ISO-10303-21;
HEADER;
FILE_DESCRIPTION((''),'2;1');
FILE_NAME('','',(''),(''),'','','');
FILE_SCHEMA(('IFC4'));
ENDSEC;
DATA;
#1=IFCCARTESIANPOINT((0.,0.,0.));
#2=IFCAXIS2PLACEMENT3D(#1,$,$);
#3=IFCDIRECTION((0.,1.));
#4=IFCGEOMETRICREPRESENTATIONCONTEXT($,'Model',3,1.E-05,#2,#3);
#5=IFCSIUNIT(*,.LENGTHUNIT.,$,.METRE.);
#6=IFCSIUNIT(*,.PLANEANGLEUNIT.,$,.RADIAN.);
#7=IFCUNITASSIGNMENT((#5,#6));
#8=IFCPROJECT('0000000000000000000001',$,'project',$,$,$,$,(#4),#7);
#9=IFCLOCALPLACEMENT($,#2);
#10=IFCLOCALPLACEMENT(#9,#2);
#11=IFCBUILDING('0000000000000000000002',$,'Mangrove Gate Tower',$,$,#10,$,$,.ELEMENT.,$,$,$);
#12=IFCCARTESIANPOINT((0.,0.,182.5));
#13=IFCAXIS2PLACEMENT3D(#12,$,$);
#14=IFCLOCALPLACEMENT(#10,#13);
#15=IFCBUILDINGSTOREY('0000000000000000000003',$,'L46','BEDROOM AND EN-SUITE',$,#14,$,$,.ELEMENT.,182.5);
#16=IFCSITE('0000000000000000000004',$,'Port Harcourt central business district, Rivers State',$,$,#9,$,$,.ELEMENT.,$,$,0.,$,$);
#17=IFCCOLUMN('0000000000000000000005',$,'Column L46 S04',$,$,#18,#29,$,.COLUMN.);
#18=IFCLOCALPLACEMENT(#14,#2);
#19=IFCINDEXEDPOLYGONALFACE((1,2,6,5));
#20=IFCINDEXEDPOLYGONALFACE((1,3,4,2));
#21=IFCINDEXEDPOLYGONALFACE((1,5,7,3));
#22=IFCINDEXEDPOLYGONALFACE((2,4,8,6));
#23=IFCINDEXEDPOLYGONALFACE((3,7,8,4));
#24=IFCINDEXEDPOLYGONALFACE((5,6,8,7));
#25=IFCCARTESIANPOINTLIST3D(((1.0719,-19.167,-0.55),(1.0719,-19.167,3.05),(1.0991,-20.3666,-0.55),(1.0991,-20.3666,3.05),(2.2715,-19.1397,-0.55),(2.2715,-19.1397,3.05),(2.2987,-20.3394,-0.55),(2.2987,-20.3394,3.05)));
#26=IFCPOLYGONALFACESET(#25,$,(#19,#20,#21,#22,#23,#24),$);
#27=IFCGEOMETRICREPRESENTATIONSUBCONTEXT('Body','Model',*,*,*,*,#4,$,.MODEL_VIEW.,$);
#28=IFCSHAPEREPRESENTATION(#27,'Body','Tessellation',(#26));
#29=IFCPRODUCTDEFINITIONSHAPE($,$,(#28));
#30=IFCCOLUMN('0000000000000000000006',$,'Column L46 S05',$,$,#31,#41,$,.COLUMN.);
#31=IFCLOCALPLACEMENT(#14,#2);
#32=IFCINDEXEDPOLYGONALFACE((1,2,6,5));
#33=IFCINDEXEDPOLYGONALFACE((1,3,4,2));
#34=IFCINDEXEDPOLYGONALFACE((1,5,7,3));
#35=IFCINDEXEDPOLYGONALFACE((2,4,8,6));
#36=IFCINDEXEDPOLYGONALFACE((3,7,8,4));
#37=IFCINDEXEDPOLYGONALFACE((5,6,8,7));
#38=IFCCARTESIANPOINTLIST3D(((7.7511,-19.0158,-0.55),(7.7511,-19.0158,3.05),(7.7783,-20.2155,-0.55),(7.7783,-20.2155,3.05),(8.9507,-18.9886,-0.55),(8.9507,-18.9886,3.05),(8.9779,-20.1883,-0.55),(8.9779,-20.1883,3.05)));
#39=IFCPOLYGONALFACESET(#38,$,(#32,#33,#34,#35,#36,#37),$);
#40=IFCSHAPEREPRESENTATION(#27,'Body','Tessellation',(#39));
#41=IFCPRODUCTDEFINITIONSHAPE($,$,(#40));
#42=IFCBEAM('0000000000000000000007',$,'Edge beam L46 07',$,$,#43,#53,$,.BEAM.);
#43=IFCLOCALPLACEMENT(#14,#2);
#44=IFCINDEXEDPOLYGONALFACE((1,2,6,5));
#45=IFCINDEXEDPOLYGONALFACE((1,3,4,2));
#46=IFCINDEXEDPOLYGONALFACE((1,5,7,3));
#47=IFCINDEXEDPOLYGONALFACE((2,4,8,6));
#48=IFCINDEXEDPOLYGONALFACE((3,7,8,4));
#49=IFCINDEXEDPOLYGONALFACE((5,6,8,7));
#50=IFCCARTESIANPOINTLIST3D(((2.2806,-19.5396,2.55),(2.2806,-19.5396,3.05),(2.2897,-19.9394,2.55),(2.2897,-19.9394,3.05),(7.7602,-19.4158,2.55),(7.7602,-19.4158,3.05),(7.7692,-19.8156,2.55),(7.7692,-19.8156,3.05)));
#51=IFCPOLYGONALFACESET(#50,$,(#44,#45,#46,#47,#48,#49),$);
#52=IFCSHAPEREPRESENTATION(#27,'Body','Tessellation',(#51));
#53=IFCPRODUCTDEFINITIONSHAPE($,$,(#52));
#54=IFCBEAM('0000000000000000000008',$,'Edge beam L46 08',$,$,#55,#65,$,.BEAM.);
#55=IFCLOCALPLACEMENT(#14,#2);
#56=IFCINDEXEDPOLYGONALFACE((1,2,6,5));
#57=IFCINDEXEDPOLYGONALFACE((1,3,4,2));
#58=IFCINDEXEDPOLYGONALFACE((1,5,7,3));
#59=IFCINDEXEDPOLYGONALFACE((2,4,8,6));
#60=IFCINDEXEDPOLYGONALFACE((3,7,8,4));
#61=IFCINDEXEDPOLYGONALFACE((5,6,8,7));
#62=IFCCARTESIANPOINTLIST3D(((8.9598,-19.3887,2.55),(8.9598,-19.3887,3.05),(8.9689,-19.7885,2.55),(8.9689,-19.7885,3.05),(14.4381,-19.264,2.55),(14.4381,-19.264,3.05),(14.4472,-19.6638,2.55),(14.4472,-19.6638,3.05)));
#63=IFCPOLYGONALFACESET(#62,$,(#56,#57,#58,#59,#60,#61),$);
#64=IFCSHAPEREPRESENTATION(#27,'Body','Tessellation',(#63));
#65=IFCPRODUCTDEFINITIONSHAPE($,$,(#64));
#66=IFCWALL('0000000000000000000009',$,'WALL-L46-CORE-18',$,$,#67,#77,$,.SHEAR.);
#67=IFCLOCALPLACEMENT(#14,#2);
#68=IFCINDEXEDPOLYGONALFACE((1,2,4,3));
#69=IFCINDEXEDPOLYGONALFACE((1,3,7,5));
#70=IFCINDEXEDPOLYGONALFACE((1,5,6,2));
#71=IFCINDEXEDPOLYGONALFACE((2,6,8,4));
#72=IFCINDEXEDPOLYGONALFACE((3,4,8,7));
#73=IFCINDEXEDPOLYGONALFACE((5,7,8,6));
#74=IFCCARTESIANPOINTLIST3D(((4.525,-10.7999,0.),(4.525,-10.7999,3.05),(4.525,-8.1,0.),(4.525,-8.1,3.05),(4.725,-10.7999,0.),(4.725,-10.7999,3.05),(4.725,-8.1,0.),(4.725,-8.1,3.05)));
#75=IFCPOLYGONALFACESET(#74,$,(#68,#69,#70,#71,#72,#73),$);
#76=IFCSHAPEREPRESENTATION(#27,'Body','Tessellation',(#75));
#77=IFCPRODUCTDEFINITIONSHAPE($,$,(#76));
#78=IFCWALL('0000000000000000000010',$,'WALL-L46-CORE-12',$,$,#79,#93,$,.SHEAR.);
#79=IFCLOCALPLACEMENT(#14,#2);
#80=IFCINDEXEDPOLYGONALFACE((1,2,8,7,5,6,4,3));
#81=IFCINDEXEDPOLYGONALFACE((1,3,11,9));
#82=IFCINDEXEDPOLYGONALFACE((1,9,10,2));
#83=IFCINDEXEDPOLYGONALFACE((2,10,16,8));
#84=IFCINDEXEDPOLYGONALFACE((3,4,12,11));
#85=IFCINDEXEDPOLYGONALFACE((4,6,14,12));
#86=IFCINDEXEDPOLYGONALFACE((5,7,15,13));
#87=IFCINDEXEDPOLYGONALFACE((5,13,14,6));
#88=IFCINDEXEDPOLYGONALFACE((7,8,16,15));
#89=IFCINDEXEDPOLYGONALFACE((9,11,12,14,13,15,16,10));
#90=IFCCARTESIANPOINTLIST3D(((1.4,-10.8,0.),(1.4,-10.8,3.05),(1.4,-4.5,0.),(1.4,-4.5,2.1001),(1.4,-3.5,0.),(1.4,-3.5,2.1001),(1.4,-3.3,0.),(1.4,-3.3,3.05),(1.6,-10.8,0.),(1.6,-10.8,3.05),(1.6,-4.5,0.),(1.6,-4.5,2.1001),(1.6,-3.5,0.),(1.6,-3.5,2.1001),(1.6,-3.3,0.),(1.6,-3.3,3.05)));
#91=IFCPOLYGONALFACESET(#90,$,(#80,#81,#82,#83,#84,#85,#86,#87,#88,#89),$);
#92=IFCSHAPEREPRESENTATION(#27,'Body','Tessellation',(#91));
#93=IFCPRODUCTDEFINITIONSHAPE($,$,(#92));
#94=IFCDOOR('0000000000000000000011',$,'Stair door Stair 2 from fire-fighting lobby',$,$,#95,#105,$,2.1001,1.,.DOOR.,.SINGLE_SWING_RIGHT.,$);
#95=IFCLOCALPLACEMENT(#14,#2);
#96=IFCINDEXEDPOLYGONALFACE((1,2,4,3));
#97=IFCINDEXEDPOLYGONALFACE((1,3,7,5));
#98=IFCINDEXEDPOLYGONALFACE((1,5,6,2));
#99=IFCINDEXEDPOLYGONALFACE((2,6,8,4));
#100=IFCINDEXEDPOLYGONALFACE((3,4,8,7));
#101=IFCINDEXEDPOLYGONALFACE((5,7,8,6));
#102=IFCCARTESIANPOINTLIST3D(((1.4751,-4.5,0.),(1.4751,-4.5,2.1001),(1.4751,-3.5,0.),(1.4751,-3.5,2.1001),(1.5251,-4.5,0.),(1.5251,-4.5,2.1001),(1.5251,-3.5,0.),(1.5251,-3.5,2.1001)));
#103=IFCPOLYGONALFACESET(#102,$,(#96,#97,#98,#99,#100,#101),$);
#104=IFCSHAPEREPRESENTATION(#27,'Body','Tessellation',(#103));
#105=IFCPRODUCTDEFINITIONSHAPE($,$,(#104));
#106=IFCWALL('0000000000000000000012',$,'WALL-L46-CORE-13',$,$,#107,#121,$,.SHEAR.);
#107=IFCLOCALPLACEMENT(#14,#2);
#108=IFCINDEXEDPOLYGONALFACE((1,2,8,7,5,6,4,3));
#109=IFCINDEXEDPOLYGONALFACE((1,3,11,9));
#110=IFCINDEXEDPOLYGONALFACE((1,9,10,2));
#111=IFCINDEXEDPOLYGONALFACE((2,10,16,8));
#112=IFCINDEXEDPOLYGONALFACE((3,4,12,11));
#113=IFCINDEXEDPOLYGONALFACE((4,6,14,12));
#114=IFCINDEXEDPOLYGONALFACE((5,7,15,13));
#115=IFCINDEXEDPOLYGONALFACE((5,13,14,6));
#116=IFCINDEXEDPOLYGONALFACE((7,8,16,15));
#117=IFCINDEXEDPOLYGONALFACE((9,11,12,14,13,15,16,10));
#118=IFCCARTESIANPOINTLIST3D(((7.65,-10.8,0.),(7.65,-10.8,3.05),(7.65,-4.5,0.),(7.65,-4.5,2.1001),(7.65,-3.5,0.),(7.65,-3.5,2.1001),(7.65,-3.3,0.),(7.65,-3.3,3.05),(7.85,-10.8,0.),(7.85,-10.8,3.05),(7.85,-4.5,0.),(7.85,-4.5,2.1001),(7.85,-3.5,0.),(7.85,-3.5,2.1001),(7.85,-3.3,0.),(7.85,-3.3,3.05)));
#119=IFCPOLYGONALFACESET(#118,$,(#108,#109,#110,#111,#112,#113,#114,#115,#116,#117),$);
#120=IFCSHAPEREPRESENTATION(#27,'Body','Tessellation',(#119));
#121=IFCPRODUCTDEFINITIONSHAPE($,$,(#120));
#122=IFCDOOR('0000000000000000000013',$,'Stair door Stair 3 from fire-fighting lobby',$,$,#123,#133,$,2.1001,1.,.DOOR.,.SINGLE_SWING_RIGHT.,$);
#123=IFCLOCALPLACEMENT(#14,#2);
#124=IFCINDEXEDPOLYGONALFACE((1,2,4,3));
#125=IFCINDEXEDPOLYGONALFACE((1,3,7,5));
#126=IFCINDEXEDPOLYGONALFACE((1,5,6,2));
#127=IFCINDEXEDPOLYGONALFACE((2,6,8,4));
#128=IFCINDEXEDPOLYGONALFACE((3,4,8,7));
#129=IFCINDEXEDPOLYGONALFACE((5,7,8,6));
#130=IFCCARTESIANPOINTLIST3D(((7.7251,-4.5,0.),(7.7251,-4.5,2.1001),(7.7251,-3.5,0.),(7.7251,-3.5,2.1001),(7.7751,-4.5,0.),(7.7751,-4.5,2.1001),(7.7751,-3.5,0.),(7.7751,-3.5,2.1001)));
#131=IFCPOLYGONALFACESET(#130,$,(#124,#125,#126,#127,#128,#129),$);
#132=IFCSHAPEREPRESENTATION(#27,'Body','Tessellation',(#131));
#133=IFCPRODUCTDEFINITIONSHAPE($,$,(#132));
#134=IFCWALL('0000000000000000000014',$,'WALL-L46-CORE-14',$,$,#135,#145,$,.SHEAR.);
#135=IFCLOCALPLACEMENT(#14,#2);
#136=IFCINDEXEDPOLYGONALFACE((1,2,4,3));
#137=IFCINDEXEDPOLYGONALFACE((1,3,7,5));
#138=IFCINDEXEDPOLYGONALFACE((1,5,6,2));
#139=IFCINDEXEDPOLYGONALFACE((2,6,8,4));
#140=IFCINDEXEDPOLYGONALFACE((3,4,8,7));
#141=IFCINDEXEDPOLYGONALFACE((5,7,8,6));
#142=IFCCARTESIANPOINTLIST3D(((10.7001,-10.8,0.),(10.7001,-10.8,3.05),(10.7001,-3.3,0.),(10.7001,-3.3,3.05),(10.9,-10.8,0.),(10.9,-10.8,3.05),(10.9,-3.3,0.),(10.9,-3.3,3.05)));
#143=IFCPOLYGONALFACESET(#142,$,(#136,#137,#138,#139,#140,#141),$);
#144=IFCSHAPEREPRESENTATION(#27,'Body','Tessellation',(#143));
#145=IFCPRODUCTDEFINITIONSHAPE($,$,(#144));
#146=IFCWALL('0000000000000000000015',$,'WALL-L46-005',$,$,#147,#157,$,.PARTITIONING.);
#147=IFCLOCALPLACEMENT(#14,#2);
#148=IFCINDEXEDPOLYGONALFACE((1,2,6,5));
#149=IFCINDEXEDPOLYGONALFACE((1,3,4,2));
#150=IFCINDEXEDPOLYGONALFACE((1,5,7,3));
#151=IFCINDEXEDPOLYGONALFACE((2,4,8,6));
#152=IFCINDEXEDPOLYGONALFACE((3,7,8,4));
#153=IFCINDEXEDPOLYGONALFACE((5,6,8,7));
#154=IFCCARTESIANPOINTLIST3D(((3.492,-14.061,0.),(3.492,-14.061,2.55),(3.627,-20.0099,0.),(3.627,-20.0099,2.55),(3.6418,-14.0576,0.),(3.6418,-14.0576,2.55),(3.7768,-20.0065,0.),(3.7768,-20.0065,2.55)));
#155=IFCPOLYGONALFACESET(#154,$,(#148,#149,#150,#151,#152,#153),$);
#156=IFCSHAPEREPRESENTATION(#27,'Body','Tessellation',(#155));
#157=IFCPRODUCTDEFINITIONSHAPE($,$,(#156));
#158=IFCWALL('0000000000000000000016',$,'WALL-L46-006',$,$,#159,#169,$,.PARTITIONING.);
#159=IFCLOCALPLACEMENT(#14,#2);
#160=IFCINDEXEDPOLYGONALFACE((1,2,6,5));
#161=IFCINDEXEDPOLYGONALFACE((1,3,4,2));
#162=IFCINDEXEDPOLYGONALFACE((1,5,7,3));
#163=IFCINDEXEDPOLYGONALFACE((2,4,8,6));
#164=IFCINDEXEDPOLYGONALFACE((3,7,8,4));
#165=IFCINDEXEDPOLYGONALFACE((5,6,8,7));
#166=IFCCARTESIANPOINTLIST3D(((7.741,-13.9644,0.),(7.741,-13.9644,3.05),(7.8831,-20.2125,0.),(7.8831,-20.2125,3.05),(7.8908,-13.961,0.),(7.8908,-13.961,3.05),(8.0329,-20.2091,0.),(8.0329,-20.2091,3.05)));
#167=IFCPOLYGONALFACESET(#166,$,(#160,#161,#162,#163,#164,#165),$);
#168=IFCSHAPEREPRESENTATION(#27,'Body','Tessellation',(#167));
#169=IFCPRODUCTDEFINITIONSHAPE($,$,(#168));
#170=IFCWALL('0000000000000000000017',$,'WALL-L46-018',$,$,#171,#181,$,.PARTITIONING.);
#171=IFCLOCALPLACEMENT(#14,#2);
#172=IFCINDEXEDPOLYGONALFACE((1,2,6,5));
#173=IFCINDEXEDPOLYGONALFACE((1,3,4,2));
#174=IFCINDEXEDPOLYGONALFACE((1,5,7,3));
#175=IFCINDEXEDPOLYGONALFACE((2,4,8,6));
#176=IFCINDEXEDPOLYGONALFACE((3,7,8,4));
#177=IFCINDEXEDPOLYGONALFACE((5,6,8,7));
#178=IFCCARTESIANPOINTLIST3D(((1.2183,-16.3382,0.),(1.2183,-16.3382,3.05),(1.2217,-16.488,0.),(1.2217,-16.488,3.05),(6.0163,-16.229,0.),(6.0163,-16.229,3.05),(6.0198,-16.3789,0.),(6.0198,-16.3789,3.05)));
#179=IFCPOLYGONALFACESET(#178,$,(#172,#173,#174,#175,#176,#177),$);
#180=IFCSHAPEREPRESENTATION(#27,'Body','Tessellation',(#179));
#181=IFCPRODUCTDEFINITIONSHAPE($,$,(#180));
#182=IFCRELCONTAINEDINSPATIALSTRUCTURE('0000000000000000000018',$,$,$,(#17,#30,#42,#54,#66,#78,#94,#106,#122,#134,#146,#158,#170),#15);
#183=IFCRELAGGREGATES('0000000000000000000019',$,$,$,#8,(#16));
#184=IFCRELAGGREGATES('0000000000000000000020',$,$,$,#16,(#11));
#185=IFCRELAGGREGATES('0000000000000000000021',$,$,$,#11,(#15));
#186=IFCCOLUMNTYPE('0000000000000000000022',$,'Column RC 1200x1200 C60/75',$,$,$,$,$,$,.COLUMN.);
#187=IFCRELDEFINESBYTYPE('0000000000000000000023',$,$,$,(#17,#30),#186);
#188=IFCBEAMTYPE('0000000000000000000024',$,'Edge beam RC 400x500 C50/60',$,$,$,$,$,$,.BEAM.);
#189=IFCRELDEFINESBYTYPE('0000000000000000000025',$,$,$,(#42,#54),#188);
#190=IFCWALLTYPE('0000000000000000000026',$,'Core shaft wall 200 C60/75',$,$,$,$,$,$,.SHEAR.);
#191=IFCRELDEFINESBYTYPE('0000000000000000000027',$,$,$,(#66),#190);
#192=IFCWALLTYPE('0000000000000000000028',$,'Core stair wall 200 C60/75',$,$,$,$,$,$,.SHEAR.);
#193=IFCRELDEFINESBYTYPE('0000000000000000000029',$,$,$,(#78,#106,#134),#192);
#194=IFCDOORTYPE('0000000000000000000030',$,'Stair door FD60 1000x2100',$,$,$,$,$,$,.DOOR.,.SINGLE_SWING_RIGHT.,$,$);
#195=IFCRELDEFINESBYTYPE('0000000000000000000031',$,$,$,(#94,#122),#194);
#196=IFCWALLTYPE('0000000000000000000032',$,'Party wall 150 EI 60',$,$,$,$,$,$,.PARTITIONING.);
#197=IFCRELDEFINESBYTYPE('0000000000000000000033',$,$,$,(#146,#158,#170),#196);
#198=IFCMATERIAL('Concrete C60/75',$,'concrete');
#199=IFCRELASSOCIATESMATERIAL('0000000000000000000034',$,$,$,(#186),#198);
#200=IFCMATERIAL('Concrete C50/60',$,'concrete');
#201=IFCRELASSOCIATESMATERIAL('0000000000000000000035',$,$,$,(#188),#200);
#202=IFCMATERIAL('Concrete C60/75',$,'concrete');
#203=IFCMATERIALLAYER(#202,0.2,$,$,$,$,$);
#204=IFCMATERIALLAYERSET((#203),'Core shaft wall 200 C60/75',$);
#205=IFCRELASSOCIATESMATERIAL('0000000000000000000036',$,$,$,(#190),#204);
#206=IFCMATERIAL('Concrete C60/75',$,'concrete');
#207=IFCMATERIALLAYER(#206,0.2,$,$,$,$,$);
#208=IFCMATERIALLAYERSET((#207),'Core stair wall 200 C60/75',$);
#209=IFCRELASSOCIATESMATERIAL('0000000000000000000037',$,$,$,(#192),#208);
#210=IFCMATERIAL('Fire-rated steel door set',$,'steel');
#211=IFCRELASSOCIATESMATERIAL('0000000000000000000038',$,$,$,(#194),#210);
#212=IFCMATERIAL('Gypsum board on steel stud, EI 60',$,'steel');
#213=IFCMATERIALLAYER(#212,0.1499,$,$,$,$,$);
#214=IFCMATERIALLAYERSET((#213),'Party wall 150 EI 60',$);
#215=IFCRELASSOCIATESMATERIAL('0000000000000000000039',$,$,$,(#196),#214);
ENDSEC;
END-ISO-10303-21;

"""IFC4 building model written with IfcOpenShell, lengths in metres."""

from ifc_helpers import new_model, si_unit, direction, frame, frame_2d, origin, origin_2d, place, context, subcontext, project, spatial, rectangle, extrude, material, layer, layer_set, material_profile, profile_set, type_object, element, fill, save


model = new_model("IFC4")

# Units and contexts
model_context = context("Model", 3, precision=1e-05, world=origin(), true_north=direction((0.0, 1.0)))
body_context = subcontext(model_context, "Body", "Model", "MODEL_VIEW")
ifc_project = project(units=[si_unit("LENGTHUNIT", "METRE"), si_unit("PLANEANGLEUNIT", "RADIAN")], contexts=[model_context])

# Site, building, storey
site_placement = place(None, origin())
site = spatial("IfcSite", under=ifc_project, at=site_placement, Name="Port Harcourt central business district, Rivers State", CompositionType="ELEMENT", RefElevation=0.0)
building_placement = place(site_placement, origin())
building = spatial("IfcBuilding", under=site, at=building_placement, Name="Mangrove Gate Tower", CompositionType="ELEMENT")
storey_placement = place(building_placement, frame((0.0, 0.0, 182.5)))
storey = spatial("IfcBuildingStorey", under=building, at=storey_placement, Name="L46", Description="BEDROOM AND EN-SUITE", CompositionType="ELEMENT", Elevation=182.5)

# Columns
ifc_material_1 = material(Name="Concrete C60/75", Category="concrete")
ifc_material_profile_1 = material_profile(ifc_material_1, rectangle(XDim=1.2, YDim=1.2, at=origin_2d()))
ifc_profile_set_1 = profile_set([ifc_material_profile_1], Name="Concrete C60/75")
column_type = type_object("IfcColumnType", Name="Column RC 1200x1200 C60/75", PredefinedType="COLUMN", material=ifc_profile_set_1)
for number, where, z_axis, x_axis, name in (
    (1, (1.6853, -19.7532, -0.55), (0.0, 0.0, 1.0), (0.999743, 0.022679, 0.0), "Column L46 S04"),
    (2, (8.3645, -19.6021, -0.55), (0.0, 0.0, 1.0), (0.999743, 0.022679, 0.0), "Column L46 S05"),
):
    element("IfcColumn", number, at=place(storey_placement, frame(where, z_axis=z_axis, x_axis=x_axis)), inside=storey, type_object=column_type, Name=name, PredefinedType="COLUMN", context=body_context, shape_type="SweptSolid", body=[
        extrude(rectangle(XDim=1.2, YDim=1.2, at=origin_2d()), origin(), (0.0, 0.0, 1.0), 3.6001),
    ])

# Beams
ifc_material_2 = material(Name="Concrete C50/60", Category="concrete")
ifc_material_profile_2 = material_profile(ifc_material_2, rectangle(XDim=0.3999, YDim=0.5, at=origin_2d()))
ifc_profile_set_2 = profile_set([ifc_material_profile_2], Name="Concrete C50/60")
beam_type = type_object("IfcBeamType", Name="Edge beam RC 400x500 C50/60", PredefinedType="BEAM", material=ifc_profile_set_2)
beam_1_placement = place(storey_placement, frame((2.2852, -19.7395, 2.8), z_axis=(0.999745, 0.022584, 0.0), x_axis=(-0.022584, 0.999745, 0.0)))
element("IfcBeam", 3, at=beam_1_placement, inside=storey, type_object=beam_type, Name="Edge beam L46 07", PredefinedType="BEAM", context=body_context, shape_type="SweptSolid", body=[
    extrude(rectangle(XDim=0.3999, YDim=0.5, at=origin_2d()), origin(), (0.0, 0.0, 1.0), 5.481),
])
beam_2_placement = place(storey_placement, frame((8.9644, -19.5886, 2.8), z_axis=(0.999741, 0.022767, 0.0), x_axis=(-0.022767, 0.999741, 0.0)))
element("IfcBeam", 4, at=beam_2_placement, inside=storey, type_object=beam_type, Name="Edge beam L46 08", PredefinedType="BEAM", context=body_context, shape_type="SweptSolid", body=[
    extrude(rectangle(XDim=0.3999, YDim=0.5, at=origin_2d()), origin(), (0.0, 0.0, 1.0), 5.4797),
])

# Wall
ifc_material_3 = material(Name="Concrete C60/75", Category="concrete")
ifc_layer_1 = layer(ifc_material_3, 0.2)
ifc_layer_set_1 = layer_set([ifc_layer_1], Name="Core shaft wall 200 C60/75")
wall_type_1 = type_object("IfcWallType", Name="Core shaft wall 200 C60/75", PredefinedType="SHEAR", material=ifc_layer_set_1)
wall_1_placement = place(storey_placement, frame((4.625, -10.8, 0.0), z_axis=(0.0, 0.0, 1.0), x_axis=(0.0, 1.0, 0.0)))
element("IfcWall", 5, at=wall_1_placement, inside=storey, type_object=wall_type_1, Name="WALL-L46-CORE-18", PredefinedType="SHEAR", context=body_context, shape_type="SweptSolid", body=[
    extrude(rectangle(XDim=2.7, YDim=0.2, at=frame_2d((1.3501, 0.0))), origin(), (0.0, 0.0, 1.0), 3.05),
])

# Walls, openings, doors
ifc_material_4 = material(Name="Concrete C60/75", Category="concrete")
ifc_layer_2 = layer(ifc_material_4, 0.2)
ifc_layer_set_2 = layer_set([ifc_layer_2], Name="Core stair wall 200 C60/75")
wall_type_2 = type_object("IfcWallType", Name="Core stair wall 200 C60/75", PredefinedType="SHEAR", material=ifc_layer_set_2)
wall_2_placement = place(storey_placement, frame((1.5, -10.8, 0.0), z_axis=(0.0, 0.0, 1.0), x_axis=(0.0, 1.0, 0.0)))
wall_2 = element("IfcWall", 6, at=wall_2_placement, inside=storey, type_object=wall_type_2, Name="WALL-L46-CORE-12", PredefinedType="SHEAR", context=body_context, shape_type="SweptSolid", body=[
    extrude(rectangle(XDim=7.5, YDim=0.2, at=frame_2d((3.75, 0.0))), origin(), (0.0, 0.0, 1.0), 3.05),
])
opening_1_placement = place(wall_2_placement, frame((6.3, 0.0, 0.0)))
opening_1 = element("IfcOpeningElement", 7, at=opening_1_placement, cuts=wall_2, PredefinedType="OPENING", context=body_context, shape_type="SweptSolid", body=[
    extrude(rectangle(XDim=1.0, YDim=2.1001, at=frame_2d((0.5, 1.05))), frame((0.0, 0.1099, 0.0), z_axis=(0.0, -1.0, 0.0), x_axis=(1.0, 0.0, 0.0)), (0.0, 0.0, 1.0), 0.22),
])
ifc_material_5 = material(Name="Fire-rated steel door set", Category="steel")
door_type_1 = type_object("IfcDoorType", Name="Stair door FD60 1000x2100", OperationType="SINGLE_SWING_RIGHT", PredefinedType="DOOR", material=ifc_material_5)
door_1_placement = place(opening_1_placement, origin())
door_1 = element("IfcDoor", 8, at=door_1_placement, inside=storey, type_object=door_type_1, Name="Stair door Stair 2 from fire-fighting lobby", OperationType="SINGLE_SWING_RIGHT", OverallHeight=2.1001, OverallWidth=1.0, PredefinedType="DOOR", context=body_context, shape_type="SweptSolid", body=[
    extrude(rectangle(XDim=1.0, YDim=2.1001, at=frame_2d((0.5, 1.05))), frame((0.0, 0.0249, 0.0), z_axis=(0.0, -1.0, 0.0), x_axis=(1.0, 0.0, 0.0)), (0.0, 0.0, 1.0), 0.05),
])
fill(opening_1, door_1)
wall_3_placement = place(storey_placement, frame((7.75, -10.8, 0.0), z_axis=(0.0, 0.0, 1.0), x_axis=(0.0, 1.0, 0.0)))
wall_3 = element("IfcWall", 9, at=wall_3_placement, inside=storey, type_object=wall_type_2, Name="WALL-L46-CORE-13", PredefinedType="SHEAR", context=body_context, shape_type="SweptSolid", body=[
    extrude(rectangle(XDim=7.5, YDim=0.2, at=frame_2d((3.75, 0.0))), origin(), (0.0, 0.0, 1.0), 3.05),
])
opening_2_placement = place(wall_3_placement, frame((6.3, 0.0, 0.0)))
opening_2 = element("IfcOpeningElement", 10, at=opening_2_placement, cuts=wall_3, PredefinedType="OPENING", context=body_context, shape_type="SweptSolid", body=[
    extrude(rectangle(XDim=1.0, YDim=2.1001, at=frame_2d((0.5, 1.05))), frame((0.0, 0.1099, 0.0), z_axis=(0.0, -1.0, 0.0), x_axis=(1.0, 0.0, 0.0)), (0.0, 0.0, 1.0), 0.22),
])
door_2_placement = place(opening_2_placement, origin())
door_2 = element("IfcDoor", 11, at=door_2_placement, inside=storey, type_object=door_type_1, Name="Stair door Stair 3 from fire-fighting lobby", OperationType="SINGLE_SWING_RIGHT", OverallHeight=2.1001, OverallWidth=1.0, PredefinedType="DOOR", context=body_context, shape_type="SweptSolid", body=[
    extrude(rectangle(XDim=1.0, YDim=2.1001, at=frame_2d((0.5, 1.05))), frame((0.0, 0.0249, 0.0), z_axis=(0.0, -1.0, 0.0), x_axis=(1.0, 0.0, 0.0)), (0.0, 0.0, 1.0), 0.05),
])
fill(opening_2, door_2)

# Walls
wall_4_placement = place(storey_placement, frame((10.8, -10.8, 0.0), z_axis=(0.0, 0.0, 1.0), x_axis=(0.0, 1.0, 0.0)))
element("IfcWall", 12, at=wall_4_placement, inside=storey, type_object=wall_type_2, Name="WALL-L46-CORE-14", PredefinedType="SHEAR", context=body_context, shape_type="SweptSolid", body=[
    extrude(rectangle(XDim=7.5, YDim=0.2, at=frame_2d((3.75, 0.0))), origin(), (0.0, 0.0, 1.0), 3.05),
])
ifc_material_6 = material(Name="Gypsum board on steel stud, EI 60", Category="steel")
ifc_layer_3 = layer(ifc_material_6, 0.1499)
ifc_layer_set_3 = layer_set([ifc_layer_3], Name="Party wall 150 EI 60")
wall_type_3 = type_object("IfcWallType", Name="Party wall 150 EI 60", PredefinedType="PARTITIONING", material=ifc_layer_set_3)
wall_5_placement = place(storey_placement, frame((3.7019, -20.0081, 0.0), z_axis=(0.0, 0.0, 1.0), x_axis=(-0.022689, 0.999743, 0.0)))
element("IfcWall", 13, at=wall_5_placement, inside=storey, type_object=wall_type_3, Name="WALL-L46-005", PredefinedType="PARTITIONING", context=body_context, shape_type="SweptSolid", body=[
    extrude(rectangle(XDim=5.9504, YDim=0.1499, at=frame_2d((2.9751, 0.0))), origin(), (0.0, 0.0, 1.0), 2.55),
])
wall_6_placement = place(storey_placement, frame((7.958, -20.2109, 0.0), z_axis=(0.0, 0.0, 1.0), x_axis=(-0.022736, 0.999742, 0.0)))
element("IfcWall", 14, at=wall_6_placement, inside=storey, type_object=wall_type_3, Name="WALL-L46-006", PredefinedType="PARTITIONING", context=body_context, shape_type="SweptSolid", body=[
    extrude(rectangle(XDim=6.2498, YDim=0.1499, at=frame_2d((3.125, 0.0))), origin(), (0.0, 0.0, 1.0), 3.05),
])
wall_7_placement = place(storey_placement, frame((1.22, -16.4131, 0.0), z_axis=(0.0, 0.0, 1.0), x_axis=(0.999741, 0.022739, 0.0)))
element("IfcWall", 15, at=wall_7_placement, inside=storey, type_object=wall_type_3, Name="WALL-L46-018", PredefinedType="PARTITIONING", context=body_context, shape_type="SweptSolid", body=[
    extrude(rectangle(XDim=4.7993, YDim=0.1499, at=frame_2d((2.3997, 0.0))), origin(), (0.0, 0.0, 1.0), 3.05),
])

save(model, "model.ifc")
